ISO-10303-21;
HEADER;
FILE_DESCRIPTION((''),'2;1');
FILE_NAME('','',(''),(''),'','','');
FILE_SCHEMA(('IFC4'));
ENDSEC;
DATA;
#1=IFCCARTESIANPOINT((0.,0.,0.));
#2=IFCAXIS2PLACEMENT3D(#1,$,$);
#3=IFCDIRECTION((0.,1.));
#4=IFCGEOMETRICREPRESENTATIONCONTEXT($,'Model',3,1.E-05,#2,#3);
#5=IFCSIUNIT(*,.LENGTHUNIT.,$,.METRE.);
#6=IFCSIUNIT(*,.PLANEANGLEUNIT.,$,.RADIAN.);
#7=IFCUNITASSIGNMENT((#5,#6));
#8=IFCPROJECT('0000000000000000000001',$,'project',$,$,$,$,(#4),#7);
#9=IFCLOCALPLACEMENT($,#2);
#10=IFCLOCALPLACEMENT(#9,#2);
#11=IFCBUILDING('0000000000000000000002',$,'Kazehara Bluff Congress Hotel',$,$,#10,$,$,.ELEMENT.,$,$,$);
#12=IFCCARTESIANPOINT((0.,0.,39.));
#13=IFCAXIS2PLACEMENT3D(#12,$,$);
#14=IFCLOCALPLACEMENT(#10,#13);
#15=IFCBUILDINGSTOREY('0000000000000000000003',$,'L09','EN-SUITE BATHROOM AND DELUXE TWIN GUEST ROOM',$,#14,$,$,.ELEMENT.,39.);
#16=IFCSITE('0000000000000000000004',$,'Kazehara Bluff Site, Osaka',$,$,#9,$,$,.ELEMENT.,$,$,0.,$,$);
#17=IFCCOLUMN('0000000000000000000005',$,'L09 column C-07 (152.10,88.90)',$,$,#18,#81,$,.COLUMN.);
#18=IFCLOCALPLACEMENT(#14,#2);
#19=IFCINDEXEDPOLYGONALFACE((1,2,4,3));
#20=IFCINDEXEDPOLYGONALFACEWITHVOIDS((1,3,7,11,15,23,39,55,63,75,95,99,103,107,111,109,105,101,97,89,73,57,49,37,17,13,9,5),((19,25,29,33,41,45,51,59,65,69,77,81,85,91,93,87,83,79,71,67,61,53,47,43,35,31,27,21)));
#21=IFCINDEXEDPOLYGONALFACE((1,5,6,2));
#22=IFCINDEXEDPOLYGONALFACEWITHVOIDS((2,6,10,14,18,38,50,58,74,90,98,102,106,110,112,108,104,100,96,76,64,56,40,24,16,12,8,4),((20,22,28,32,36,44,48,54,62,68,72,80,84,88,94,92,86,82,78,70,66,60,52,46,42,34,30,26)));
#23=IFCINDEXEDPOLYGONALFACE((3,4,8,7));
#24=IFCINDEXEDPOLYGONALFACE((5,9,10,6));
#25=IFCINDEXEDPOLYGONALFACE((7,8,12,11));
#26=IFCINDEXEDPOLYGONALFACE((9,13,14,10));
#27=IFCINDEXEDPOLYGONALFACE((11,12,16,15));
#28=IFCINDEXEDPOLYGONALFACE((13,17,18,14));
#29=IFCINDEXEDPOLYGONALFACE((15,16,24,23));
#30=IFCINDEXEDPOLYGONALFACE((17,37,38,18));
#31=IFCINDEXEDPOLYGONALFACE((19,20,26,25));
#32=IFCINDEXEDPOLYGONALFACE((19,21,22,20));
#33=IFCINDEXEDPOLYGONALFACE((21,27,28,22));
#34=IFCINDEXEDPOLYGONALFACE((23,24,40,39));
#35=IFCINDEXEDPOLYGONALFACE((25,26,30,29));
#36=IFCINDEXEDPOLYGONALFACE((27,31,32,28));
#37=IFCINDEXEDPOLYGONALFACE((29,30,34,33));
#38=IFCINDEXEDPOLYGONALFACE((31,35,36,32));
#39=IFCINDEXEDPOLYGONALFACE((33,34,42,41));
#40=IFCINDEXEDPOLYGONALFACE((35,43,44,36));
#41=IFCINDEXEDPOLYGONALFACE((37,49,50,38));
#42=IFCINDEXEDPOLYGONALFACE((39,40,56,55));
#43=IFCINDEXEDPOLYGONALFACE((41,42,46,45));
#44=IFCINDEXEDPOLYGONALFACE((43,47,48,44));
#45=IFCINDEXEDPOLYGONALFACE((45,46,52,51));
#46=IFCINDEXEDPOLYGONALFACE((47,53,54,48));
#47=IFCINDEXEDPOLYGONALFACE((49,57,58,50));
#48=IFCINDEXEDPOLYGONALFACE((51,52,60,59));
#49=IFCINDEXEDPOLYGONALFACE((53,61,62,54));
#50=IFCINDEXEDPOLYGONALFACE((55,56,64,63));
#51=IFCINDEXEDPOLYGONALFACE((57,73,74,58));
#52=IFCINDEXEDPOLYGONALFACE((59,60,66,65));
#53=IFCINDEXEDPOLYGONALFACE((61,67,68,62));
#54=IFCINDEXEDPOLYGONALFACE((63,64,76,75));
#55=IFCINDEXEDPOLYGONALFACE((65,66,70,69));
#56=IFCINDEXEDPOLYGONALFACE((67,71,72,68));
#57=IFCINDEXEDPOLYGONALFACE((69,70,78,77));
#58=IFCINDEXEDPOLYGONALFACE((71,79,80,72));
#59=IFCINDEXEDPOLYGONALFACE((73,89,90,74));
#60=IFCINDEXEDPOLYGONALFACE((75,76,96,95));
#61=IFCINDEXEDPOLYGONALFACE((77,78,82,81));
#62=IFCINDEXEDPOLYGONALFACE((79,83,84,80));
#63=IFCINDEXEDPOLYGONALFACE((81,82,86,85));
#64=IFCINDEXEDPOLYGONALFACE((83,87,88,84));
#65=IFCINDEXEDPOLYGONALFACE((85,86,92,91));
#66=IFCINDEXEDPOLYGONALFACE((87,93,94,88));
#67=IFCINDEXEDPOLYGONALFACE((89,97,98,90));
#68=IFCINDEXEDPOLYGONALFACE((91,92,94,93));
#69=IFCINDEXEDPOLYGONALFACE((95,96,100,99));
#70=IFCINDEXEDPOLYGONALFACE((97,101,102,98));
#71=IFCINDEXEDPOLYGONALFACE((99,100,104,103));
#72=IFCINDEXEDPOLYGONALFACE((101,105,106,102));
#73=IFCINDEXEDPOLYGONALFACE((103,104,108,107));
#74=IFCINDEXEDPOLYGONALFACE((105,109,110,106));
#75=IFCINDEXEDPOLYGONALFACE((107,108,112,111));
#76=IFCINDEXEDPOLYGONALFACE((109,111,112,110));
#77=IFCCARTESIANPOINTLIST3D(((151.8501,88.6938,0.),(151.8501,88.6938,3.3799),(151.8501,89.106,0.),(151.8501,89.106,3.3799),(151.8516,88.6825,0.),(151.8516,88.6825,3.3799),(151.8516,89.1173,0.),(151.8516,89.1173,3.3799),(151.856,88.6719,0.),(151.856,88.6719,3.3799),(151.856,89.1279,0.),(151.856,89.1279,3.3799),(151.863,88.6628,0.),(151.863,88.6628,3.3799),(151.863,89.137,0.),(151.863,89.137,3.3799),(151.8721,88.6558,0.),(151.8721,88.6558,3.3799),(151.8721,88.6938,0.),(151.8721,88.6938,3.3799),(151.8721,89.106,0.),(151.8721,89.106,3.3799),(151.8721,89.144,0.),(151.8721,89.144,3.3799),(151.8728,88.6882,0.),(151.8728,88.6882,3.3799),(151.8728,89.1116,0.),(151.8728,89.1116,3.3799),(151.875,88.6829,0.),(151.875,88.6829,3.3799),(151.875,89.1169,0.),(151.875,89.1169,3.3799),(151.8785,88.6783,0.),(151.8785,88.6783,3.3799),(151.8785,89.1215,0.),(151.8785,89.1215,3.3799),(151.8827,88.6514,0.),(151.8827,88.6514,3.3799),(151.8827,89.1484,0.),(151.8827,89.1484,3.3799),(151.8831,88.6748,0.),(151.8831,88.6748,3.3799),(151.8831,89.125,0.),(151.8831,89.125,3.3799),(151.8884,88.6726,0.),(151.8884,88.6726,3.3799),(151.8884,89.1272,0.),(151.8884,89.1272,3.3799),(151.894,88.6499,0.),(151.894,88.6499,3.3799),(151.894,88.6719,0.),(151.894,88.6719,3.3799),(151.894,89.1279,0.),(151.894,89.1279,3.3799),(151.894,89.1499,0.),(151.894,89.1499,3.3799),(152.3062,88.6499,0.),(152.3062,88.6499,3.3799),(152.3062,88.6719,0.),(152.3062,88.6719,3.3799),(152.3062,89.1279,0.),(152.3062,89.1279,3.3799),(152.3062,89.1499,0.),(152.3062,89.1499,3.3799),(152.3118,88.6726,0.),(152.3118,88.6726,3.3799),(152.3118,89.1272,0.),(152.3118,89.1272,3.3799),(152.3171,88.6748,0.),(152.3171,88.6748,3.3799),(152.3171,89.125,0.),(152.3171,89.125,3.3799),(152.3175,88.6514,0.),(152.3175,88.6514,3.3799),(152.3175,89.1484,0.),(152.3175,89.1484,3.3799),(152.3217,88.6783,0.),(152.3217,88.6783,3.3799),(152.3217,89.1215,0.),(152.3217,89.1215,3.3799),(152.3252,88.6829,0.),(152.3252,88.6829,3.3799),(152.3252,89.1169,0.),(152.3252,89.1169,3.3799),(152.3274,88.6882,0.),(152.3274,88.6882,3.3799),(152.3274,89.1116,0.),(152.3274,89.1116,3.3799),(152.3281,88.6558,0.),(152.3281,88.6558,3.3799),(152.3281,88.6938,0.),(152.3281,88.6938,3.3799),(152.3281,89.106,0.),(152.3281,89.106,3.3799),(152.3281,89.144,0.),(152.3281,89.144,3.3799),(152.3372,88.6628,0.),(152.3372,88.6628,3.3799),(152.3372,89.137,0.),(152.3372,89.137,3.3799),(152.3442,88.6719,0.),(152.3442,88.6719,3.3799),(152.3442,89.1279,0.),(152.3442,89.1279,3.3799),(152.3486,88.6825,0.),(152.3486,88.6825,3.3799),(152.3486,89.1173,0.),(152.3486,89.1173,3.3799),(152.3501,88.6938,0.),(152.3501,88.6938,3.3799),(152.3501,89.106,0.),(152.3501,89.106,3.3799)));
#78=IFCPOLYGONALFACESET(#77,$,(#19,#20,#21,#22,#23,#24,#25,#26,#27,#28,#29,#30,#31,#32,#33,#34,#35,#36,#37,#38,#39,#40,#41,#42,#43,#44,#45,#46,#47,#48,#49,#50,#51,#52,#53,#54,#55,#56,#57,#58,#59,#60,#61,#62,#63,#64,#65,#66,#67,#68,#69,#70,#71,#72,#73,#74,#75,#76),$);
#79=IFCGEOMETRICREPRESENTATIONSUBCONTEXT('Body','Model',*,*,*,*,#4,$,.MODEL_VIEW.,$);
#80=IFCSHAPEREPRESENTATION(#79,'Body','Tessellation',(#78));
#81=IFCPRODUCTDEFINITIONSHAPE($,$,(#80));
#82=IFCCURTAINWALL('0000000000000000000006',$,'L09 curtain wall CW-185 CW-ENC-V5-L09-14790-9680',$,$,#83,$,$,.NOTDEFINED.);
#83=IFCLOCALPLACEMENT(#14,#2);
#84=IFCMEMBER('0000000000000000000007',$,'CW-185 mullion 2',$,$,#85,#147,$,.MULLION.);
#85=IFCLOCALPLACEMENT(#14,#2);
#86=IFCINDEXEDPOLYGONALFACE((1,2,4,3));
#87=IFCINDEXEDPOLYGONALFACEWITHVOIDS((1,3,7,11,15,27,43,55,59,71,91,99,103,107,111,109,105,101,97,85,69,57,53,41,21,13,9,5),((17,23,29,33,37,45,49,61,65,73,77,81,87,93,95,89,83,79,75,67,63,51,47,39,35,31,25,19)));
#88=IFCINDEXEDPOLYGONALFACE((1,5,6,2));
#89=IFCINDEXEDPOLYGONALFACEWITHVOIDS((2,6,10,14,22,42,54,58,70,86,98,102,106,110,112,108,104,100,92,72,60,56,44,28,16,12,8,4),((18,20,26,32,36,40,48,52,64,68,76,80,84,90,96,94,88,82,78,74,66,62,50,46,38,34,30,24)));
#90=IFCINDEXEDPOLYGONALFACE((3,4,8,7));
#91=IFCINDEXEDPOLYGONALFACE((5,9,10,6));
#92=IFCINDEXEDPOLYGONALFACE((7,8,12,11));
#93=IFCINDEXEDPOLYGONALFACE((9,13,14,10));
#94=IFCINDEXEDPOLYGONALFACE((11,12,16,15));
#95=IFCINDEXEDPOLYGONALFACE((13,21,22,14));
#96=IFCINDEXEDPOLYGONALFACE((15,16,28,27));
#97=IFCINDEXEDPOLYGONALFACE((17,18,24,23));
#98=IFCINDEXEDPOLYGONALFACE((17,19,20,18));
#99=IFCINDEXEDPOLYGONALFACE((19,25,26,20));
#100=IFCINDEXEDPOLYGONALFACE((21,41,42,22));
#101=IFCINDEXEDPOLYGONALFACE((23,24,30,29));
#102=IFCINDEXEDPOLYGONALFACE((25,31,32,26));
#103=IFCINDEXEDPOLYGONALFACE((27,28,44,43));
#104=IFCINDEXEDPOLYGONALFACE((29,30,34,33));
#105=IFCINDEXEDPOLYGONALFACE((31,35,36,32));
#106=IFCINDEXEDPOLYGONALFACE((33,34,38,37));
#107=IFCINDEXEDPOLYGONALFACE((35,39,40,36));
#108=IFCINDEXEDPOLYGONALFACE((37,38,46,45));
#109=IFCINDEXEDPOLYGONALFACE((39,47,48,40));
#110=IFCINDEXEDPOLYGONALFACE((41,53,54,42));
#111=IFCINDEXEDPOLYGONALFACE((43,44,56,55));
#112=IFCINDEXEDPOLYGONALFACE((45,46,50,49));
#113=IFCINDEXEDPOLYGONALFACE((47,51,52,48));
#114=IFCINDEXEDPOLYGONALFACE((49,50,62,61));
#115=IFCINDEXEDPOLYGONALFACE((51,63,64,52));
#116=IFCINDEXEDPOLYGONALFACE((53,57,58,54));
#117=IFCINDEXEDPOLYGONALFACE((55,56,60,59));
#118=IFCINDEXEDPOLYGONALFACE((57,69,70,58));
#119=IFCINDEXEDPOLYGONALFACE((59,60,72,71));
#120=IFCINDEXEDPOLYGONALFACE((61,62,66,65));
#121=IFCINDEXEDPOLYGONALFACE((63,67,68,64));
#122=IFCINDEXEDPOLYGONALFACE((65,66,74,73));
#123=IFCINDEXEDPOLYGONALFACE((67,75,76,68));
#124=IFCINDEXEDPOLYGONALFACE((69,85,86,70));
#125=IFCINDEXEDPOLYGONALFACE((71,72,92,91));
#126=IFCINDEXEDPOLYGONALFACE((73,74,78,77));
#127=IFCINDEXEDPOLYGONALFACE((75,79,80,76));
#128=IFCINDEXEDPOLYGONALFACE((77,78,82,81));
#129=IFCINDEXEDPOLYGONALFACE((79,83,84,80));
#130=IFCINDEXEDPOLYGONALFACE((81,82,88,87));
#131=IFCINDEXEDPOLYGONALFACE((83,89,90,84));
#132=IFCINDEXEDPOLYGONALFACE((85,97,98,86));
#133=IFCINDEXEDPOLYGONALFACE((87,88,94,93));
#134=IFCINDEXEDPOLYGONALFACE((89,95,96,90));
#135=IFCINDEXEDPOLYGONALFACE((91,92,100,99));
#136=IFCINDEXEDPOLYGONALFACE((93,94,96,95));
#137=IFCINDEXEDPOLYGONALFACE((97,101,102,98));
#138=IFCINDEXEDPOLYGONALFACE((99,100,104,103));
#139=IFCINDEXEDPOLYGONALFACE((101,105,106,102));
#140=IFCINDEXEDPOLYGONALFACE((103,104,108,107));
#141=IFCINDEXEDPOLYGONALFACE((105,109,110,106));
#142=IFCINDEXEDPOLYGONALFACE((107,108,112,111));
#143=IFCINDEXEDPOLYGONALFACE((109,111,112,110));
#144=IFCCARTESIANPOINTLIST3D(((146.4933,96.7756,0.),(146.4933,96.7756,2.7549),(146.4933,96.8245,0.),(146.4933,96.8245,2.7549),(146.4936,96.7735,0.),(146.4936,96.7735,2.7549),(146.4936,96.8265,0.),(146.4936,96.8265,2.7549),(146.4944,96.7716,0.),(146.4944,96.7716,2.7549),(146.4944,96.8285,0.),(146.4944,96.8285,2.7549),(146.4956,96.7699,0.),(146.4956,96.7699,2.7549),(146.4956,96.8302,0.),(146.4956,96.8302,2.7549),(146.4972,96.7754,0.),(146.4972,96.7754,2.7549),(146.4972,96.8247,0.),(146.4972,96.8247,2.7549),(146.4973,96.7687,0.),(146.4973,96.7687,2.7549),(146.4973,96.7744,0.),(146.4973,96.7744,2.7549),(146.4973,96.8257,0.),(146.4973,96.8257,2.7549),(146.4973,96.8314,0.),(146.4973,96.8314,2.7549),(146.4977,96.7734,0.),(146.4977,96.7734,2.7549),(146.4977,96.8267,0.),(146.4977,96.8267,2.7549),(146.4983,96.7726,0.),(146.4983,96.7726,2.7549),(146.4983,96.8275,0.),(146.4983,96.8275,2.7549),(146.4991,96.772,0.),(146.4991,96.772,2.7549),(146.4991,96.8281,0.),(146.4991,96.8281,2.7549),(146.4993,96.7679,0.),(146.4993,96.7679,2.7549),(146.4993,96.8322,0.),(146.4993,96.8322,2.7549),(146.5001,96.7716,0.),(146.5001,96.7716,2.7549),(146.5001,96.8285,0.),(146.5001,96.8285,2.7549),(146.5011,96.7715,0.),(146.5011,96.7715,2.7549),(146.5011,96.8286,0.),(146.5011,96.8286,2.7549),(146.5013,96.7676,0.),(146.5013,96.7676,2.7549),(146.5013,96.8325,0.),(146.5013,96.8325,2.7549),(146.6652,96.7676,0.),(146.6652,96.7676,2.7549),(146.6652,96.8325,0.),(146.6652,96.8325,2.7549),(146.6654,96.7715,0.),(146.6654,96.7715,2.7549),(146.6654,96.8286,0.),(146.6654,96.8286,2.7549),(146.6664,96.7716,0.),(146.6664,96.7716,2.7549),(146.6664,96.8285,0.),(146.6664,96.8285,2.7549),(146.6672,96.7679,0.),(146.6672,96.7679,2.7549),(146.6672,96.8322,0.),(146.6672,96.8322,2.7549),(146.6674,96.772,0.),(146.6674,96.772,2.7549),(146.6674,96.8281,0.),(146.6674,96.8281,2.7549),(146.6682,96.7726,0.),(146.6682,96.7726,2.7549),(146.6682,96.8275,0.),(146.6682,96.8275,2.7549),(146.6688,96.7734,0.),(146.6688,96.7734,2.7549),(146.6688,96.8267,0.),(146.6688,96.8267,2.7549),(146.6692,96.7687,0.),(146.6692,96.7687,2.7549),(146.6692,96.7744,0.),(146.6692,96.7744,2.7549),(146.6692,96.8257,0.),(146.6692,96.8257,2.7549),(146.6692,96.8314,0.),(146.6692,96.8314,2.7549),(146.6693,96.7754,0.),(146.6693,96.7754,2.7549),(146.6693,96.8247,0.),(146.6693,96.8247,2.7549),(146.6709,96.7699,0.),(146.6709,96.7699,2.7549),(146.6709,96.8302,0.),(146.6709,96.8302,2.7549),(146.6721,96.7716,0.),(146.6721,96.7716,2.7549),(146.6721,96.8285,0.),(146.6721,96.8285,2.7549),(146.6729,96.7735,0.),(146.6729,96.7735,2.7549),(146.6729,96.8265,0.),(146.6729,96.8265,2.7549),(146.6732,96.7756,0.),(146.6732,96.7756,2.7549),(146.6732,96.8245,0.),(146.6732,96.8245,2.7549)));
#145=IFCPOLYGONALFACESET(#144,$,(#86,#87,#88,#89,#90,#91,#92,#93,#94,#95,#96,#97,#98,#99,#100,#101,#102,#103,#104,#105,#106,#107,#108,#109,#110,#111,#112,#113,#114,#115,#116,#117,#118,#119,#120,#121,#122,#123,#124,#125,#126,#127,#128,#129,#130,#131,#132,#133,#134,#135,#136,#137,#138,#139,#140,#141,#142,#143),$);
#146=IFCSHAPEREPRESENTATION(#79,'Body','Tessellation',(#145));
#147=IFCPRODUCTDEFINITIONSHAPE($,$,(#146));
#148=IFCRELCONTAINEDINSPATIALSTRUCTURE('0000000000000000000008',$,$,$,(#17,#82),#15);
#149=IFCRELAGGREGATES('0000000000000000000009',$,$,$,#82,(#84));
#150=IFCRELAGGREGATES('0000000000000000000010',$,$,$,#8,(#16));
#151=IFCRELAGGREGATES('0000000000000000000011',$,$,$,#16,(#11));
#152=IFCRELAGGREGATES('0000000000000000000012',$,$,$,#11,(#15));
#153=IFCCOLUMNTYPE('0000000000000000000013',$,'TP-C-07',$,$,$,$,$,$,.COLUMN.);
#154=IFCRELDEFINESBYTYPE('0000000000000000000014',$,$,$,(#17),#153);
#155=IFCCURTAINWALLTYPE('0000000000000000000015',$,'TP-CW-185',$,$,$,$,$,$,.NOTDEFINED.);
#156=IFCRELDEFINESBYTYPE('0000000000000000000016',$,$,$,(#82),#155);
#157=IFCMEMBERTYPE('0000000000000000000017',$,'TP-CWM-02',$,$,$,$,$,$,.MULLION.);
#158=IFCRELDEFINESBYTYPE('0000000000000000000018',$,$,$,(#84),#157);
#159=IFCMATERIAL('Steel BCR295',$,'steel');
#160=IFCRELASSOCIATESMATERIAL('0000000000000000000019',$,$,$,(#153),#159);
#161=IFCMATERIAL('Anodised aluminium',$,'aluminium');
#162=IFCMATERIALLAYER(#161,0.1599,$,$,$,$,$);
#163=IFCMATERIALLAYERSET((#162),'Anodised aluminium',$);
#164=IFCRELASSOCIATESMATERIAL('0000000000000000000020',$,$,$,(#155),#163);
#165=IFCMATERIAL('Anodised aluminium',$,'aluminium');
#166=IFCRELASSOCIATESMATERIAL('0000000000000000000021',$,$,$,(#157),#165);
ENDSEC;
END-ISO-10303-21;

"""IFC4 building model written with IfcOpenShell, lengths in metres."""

from ifc_helpers import new_model, si_unit, direction, frame, origin, origin_2d, place, context, subcontext, project, spatial, hollow_rectangle, extrude, material, layer, layer_set, material_profile, profile_set, type_object, element, aggregate, save


model = new_model("IFC4")

# Units and contexts
model_context = context("Model", 3, precision=1e-05, world=origin(), true_north=direction((0.0, 1.0)))
body_context = subcontext(model_context, "Body", "Model", "MODEL_VIEW")
ifc_project = project(units=[si_unit("LENGTHUNIT", "METRE"), si_unit("PLANEANGLEUNIT", "RADIAN")], contexts=[model_context])

# Site, building, storey
site_placement = place(None, origin())
site = spatial("IfcSite", under=ifc_project, at=site_placement, Name="Kazehara Bluff Site, Osaka", CompositionType="ELEMENT", RefElevation=0.0)
building_placement = place(site_placement, origin())
building = spatial("IfcBuilding", under=site, at=building_placement, Name="Kazehara Bluff Congress Hotel", CompositionType="ELEMENT")
storey_placement = place(building_placement, frame((0.0, 0.0, 39.0)))
storey = spatial("IfcBuildingStorey", under=building, at=storey_placement, Name="L09", Description="EN-SUITE BATHROOM AND DELUXE TWIN GUEST ROOM", CompositionType="ELEMENT", Elevation=39.0)

# Column
ifc_material_1 = material(Name="Steel BCR295", Category="steel")
ifc_material_profile_1 = material_profile(ifc_material_1, hollow_rectangle(XDim=0.5, YDim=0.5, WallThickness=0.022, InnerFilletRadius=0.022, OuterFilletRadius=0.0439, at=origin_2d()))
ifc_profile_set_1 = profile_set([ifc_material_profile_1], Name="Steel BCR295")
column_type = type_object("IfcColumnType", Name="TP-C-07", PredefinedType="COLUMN", material=ifc_profile_set_1)
column_placement = place(storey_placement, frame((152.1001, 88.8999, 0.0), z_axis=(0.0, 0.0, 1.0), x_axis=(1.0, 0.0, 0.0)))
element("IfcColumn", 1, at=column_placement, inside=storey, type_object=column_type, Name="L09 column C-07 (152.10,88.90)", PredefinedType="COLUMN", context=body_context, shape_type="SweptSolid", body=[
    extrude(hollow_rectangle(XDim=0.5, YDim=0.5, WallThickness=0.022, InnerFilletRadius=0.022, OuterFilletRadius=0.0439, at=origin_2d()), origin(), (0.0, 0.0, 1.0), 3.3799),
])

# Curtain wall, member
ifc_material_2 = material(Name="Anodised aluminium", Category="aluminium")
ifc_layer_1 = layer(ifc_material_2, 0.1599)
ifc_layer_set_1 = layer_set([ifc_layer_1], Name="Anodised aluminium")
curtain_wall_type = type_object("IfcCurtainWallType", Name="TP-CW-185", PredefinedType="NOTDEFINED", material=ifc_layer_set_1)
curtain_wall_placement = place(storey_placement, origin())
curtain_wall = element("IfcCurtainWall", 2, at=curtain_wall_placement, inside=storey, type_object=curtain_wall_type, Name="L09 curtain wall CW-185 CW-ENC-V5-L09-14790-9680", PredefinedType="NOTDEFINED")
ifc_material_3 = material(Name="Anodised aluminium", Category="aluminium")
ifc_material_profile_2 = material_profile(ifc_material_3, hollow_rectangle(XDim=0.0649, YDim=0.1799, WallThickness=0.0039, InnerFilletRadius=0.0039, OuterFilletRadius=0.0081, at=origin_2d()))
ifc_profile_set_2 = profile_set([ifc_material_profile_2], Name="Anodised aluminium")
member_type_1 = type_object("IfcMemberType", Name="TP-CWM-02", PredefinedType="MULLION", material=ifc_profile_set_2)
member_1_placement = place(storey_placement, frame((146.5833, 96.8, 0.0), z_axis=(0.0, 0.0, 1.0), x_axis=(0.0, 1.0, 0.0)))
member_1 = element("IfcMember", 3, at=member_1_placement, type_object=member_type_1, Name="CW-185 mullion 2", PredefinedType="MULLION", context=body_context, shape_type="SweptSolid", body=[
    extrude(hollow_rectangle(XDim=0.0649, YDim=0.1799, WallThickness=0.0039, InnerFilletRadius=0.0039, OuterFilletRadius=0.0081, at=origin_2d()), origin(), (0.0, 0.0, 1.0), 2.7549),
])

aggregate(curtain_wall, [member_1])

save(model, "model.ifc")
